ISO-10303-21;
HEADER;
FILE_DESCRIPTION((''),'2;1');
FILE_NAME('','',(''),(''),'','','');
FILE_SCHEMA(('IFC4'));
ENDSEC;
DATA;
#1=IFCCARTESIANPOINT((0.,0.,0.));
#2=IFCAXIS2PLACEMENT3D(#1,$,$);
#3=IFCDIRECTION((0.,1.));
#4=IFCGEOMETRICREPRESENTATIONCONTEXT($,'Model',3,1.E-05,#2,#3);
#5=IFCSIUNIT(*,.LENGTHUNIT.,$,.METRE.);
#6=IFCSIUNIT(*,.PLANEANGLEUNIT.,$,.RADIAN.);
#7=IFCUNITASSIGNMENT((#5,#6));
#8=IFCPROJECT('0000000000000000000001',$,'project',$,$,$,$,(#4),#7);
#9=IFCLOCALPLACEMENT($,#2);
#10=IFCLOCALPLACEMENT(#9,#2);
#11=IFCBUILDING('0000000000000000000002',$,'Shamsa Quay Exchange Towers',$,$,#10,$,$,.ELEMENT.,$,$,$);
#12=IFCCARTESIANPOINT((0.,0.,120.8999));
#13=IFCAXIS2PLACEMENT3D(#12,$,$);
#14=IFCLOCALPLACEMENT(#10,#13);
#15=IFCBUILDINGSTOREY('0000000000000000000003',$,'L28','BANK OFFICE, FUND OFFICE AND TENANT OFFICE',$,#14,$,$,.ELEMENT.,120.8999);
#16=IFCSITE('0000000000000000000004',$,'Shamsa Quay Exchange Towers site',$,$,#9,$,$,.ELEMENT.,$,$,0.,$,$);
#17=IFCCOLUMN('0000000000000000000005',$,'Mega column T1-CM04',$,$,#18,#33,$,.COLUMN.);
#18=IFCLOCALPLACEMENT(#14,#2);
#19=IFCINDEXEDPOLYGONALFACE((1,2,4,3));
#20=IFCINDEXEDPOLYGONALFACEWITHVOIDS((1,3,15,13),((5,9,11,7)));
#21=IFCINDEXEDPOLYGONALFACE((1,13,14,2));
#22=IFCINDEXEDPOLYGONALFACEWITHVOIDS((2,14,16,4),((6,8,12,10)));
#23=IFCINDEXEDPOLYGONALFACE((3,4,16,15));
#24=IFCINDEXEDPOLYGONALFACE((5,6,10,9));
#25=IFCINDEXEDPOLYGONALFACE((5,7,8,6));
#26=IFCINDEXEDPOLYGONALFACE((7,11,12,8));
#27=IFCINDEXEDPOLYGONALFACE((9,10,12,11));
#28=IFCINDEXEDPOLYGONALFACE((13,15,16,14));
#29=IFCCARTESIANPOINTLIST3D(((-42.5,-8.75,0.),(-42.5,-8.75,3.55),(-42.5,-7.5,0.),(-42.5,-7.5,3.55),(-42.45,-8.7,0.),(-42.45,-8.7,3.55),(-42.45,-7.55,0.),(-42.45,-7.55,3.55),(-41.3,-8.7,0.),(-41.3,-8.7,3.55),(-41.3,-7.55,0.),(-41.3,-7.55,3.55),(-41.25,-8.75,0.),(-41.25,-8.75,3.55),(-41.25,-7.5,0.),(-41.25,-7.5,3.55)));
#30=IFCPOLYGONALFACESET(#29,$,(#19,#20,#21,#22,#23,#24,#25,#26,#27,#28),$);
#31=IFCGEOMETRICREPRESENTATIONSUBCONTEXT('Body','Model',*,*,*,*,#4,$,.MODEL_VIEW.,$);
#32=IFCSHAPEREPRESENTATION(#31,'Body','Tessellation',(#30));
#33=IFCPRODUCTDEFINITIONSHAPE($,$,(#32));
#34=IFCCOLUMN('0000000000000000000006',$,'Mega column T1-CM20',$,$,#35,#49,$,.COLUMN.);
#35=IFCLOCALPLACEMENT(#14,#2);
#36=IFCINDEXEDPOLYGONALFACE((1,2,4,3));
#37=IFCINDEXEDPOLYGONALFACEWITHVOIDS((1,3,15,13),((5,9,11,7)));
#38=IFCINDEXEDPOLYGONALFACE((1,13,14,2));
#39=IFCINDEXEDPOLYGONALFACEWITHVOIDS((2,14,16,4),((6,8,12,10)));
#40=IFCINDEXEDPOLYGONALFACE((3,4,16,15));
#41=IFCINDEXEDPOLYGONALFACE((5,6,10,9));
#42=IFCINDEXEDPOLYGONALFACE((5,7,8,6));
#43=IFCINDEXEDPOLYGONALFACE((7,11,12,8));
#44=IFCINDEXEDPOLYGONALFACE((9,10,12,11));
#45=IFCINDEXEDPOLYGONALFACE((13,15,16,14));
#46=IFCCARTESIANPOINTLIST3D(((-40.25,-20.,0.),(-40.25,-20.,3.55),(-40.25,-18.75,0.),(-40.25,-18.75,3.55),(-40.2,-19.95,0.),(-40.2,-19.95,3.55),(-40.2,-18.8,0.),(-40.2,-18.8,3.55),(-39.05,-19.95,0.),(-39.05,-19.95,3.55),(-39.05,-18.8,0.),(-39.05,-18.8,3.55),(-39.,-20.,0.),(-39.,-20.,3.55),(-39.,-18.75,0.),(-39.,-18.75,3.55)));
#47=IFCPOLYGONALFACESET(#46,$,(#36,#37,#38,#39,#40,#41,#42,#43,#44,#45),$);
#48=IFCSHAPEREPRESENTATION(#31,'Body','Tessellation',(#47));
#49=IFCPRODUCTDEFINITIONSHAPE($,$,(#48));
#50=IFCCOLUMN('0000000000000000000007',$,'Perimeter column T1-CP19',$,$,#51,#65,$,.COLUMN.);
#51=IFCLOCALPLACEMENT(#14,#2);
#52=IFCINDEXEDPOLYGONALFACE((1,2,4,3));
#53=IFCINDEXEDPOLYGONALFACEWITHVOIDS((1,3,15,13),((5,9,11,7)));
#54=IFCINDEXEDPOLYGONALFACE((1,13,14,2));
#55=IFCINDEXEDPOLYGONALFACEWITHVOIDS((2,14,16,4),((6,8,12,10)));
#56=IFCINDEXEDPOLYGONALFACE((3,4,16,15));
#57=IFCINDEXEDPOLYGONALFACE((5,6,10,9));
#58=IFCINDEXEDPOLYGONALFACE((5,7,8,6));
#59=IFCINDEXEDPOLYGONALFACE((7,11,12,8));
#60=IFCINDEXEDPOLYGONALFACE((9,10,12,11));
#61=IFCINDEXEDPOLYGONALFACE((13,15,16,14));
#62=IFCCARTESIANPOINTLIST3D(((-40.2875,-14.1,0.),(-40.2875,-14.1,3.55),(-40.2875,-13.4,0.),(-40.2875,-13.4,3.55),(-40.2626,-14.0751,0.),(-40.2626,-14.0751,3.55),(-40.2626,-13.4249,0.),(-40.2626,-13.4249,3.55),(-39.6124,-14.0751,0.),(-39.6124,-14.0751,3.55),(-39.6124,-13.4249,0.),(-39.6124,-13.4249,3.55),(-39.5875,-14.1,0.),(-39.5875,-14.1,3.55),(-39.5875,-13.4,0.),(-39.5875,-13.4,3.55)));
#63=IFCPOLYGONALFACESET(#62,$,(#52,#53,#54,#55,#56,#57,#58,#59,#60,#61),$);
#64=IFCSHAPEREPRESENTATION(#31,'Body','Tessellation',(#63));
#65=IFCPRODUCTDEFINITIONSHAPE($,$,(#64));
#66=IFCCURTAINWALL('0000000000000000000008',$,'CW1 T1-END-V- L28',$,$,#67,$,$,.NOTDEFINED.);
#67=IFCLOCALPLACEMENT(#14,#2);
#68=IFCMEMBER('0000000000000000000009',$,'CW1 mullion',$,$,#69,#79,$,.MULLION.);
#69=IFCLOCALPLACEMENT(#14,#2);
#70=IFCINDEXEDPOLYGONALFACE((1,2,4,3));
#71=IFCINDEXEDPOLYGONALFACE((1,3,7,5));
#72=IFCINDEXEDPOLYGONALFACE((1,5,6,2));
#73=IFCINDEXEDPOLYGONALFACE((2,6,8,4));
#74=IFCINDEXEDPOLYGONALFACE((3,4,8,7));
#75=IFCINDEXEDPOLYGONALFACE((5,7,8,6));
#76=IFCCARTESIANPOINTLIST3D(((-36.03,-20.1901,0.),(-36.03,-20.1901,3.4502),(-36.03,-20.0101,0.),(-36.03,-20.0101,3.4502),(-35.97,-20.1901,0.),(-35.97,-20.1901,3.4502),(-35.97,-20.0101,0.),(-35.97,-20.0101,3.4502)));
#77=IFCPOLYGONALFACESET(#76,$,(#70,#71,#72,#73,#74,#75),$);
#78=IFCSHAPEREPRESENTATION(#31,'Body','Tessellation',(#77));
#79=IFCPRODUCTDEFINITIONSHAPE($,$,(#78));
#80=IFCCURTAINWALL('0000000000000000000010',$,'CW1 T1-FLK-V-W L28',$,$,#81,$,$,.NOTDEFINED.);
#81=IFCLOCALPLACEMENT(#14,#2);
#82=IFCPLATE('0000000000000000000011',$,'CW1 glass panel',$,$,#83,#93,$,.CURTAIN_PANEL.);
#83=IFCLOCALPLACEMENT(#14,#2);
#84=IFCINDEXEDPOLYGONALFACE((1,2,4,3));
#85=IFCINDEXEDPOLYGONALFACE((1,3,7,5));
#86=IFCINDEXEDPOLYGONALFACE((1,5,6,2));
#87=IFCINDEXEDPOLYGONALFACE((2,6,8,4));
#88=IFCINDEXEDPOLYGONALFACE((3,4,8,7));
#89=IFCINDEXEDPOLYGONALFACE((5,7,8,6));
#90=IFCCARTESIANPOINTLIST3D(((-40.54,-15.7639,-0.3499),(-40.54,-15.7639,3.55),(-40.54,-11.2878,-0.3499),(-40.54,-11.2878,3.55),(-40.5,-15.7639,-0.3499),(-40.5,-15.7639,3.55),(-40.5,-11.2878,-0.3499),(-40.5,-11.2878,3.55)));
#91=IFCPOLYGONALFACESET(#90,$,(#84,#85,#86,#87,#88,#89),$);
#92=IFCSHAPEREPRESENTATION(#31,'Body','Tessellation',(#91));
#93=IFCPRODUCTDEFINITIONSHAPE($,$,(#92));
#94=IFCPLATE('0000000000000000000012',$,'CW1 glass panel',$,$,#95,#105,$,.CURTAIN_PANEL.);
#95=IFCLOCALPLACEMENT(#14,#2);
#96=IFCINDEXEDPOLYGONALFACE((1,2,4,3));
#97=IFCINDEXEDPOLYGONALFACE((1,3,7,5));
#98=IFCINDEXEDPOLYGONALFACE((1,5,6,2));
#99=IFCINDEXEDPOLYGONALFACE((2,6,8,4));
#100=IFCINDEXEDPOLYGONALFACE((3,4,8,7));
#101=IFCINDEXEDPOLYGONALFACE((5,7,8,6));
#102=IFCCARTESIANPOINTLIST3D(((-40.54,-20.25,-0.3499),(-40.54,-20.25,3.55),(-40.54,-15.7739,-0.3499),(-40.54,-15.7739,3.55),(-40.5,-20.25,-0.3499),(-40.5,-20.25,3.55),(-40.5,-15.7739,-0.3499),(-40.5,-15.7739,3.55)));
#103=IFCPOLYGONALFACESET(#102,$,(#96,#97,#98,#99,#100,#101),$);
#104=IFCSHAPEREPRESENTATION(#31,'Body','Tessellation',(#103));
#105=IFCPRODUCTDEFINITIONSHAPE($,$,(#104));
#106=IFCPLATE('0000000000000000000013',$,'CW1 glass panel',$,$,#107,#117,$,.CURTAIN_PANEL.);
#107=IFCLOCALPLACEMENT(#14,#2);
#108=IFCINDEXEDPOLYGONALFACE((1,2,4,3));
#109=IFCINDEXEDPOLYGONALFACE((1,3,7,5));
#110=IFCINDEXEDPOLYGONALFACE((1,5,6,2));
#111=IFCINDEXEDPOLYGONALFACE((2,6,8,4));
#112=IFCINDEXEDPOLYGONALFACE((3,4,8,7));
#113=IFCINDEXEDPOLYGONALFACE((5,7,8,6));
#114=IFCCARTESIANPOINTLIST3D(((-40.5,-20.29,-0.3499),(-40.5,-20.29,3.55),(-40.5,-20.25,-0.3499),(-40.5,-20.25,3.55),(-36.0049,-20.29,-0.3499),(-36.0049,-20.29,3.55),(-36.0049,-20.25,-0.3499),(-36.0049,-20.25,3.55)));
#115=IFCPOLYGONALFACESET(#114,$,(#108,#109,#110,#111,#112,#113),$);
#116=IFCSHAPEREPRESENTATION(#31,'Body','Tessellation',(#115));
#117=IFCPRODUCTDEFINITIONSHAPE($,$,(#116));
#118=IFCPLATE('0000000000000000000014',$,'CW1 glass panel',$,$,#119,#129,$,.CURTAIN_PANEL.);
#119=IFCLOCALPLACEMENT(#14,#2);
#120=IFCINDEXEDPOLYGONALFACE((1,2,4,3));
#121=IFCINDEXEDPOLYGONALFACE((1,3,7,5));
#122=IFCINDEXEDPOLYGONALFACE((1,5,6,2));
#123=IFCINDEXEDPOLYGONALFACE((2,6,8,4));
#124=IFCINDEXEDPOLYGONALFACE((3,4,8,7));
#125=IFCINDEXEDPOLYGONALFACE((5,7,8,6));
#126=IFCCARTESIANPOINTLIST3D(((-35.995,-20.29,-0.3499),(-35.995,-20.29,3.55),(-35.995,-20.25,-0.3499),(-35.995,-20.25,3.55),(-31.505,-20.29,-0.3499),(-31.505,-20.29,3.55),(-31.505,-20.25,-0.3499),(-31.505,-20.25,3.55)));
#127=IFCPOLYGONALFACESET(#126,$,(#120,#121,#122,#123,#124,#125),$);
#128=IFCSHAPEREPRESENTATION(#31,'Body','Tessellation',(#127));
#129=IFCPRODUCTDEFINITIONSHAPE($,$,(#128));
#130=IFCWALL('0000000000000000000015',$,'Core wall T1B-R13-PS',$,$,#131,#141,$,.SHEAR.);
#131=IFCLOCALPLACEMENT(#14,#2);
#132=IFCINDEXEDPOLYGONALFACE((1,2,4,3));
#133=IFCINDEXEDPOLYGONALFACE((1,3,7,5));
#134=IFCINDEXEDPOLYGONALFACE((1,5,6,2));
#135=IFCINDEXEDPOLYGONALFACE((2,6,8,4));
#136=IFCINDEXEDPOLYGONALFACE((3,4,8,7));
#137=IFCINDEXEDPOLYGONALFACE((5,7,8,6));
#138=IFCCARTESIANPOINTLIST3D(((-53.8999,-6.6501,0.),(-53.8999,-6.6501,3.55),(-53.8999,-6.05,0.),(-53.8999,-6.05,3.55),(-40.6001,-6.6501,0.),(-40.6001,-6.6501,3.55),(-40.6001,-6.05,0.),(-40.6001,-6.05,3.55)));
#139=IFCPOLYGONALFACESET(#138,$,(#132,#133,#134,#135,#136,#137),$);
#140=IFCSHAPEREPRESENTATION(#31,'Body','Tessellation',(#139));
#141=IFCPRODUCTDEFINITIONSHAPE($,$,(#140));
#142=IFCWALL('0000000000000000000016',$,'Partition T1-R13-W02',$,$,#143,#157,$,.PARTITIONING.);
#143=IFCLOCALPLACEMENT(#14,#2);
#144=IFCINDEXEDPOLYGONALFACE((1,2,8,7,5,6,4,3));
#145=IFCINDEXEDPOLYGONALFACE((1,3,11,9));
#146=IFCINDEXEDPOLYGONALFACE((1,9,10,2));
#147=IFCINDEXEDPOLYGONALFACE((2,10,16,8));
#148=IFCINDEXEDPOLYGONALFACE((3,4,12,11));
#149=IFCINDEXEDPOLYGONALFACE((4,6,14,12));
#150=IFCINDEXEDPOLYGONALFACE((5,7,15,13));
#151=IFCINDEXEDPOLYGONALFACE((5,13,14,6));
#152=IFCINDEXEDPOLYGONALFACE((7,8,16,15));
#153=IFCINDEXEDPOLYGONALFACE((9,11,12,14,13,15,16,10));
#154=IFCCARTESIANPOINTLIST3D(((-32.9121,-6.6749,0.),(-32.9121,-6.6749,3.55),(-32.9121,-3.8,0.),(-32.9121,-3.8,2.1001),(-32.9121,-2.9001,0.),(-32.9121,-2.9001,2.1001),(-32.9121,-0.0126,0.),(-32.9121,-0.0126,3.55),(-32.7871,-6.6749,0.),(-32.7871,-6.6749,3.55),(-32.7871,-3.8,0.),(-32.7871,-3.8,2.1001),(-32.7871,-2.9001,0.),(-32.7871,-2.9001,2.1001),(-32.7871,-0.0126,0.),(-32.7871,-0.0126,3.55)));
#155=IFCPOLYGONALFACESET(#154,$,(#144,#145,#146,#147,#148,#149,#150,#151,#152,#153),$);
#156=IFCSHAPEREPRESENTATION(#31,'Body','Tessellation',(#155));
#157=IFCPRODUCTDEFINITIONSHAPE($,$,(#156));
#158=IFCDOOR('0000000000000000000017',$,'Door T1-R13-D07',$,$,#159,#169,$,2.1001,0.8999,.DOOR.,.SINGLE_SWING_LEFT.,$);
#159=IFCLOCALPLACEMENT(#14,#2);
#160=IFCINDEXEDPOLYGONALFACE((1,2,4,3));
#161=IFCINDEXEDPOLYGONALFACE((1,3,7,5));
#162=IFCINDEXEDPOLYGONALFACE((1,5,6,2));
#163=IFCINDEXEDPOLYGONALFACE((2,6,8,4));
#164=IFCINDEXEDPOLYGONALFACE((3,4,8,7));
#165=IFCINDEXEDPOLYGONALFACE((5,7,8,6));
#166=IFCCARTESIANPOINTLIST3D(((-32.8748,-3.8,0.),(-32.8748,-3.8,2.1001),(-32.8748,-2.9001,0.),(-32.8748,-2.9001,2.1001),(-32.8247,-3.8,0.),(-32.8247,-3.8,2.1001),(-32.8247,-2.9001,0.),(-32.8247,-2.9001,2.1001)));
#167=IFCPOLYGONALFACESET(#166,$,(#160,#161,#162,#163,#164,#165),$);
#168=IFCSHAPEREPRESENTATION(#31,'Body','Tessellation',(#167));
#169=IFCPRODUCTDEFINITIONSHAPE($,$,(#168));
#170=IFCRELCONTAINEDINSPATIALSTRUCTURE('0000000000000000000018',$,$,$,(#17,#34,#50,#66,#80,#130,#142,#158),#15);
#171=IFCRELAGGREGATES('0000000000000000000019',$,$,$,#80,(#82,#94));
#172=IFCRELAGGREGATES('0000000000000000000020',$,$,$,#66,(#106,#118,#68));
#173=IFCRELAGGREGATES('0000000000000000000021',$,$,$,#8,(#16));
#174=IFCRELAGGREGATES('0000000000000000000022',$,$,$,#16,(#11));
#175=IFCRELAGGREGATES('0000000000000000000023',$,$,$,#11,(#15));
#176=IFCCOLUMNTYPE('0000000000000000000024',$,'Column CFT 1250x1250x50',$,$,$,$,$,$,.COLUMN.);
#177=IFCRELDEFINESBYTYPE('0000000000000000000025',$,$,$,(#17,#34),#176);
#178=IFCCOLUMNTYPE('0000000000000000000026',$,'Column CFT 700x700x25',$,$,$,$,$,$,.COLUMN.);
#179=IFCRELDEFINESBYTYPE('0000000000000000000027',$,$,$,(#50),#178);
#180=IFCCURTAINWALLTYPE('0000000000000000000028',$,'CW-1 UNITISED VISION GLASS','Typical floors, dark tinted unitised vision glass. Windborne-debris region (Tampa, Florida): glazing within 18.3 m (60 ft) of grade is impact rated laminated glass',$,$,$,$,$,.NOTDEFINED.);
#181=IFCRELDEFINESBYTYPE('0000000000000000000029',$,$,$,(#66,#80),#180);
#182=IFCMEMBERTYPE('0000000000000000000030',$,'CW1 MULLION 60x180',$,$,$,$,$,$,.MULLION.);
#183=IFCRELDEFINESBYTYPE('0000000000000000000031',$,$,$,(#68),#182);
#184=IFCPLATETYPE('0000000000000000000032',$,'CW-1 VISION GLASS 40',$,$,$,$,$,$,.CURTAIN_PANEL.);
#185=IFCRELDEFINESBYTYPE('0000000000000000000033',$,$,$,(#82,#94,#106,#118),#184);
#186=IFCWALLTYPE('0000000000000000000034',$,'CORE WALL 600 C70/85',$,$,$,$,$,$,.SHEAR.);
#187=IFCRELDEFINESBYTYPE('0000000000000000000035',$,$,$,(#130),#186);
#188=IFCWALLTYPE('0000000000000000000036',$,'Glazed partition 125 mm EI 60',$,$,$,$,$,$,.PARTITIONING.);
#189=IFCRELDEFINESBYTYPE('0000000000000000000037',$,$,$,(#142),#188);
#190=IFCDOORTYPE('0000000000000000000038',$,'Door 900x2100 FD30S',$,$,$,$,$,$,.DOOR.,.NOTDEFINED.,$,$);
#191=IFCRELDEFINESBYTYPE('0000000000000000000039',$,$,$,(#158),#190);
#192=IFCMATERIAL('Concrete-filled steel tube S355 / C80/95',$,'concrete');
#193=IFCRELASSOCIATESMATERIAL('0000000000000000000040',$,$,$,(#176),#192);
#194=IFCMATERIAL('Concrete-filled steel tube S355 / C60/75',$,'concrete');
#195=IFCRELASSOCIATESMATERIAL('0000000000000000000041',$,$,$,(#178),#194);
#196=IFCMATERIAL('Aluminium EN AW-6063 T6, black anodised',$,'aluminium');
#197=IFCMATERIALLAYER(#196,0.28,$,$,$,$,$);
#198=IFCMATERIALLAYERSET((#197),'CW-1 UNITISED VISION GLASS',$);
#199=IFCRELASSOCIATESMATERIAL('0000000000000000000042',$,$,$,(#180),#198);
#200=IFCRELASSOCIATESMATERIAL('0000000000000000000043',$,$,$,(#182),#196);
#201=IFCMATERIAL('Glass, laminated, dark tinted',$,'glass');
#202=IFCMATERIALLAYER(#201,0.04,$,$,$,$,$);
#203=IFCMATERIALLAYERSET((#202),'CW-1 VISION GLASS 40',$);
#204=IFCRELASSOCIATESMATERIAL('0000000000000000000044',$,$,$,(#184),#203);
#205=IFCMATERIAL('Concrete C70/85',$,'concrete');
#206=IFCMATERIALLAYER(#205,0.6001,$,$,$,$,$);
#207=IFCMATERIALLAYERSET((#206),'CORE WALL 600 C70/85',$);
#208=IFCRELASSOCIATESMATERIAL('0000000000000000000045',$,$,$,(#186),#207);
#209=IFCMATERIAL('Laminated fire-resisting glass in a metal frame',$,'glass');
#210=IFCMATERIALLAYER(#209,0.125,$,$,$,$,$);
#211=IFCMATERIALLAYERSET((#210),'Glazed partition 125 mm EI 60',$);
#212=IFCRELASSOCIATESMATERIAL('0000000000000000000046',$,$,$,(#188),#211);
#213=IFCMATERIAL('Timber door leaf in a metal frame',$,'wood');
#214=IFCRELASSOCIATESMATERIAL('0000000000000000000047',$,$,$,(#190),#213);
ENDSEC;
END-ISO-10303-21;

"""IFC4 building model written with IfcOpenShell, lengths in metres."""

from ifc_helpers import new_model, si_unit, direction, frame, frame_2d, origin, origin_2d, place, context, subcontext, project, spatial, rectangle, hollow_rectangle, extrude, material, layer, layer_set, material_profile, profile_set, type_object, element, fill, aggregate, save


model = new_model("IFC4")

# Units and contexts
model_context = context("Model", 3, precision=1e-05, world=origin(), true_north=direction((0.0, 1.0)))
body_context = subcontext(model_context, "Body", "Model", "MODEL_VIEW")
ifc_project = project(units=[si_unit("LENGTHUNIT", "METRE"), si_unit("PLANEANGLEUNIT", "RADIAN")], contexts=[model_context])

# Site, building, storey
site_placement = place(None, origin())
site = spatial("IfcSite", under=ifc_project, at=site_placement, Name="Shamsa Quay Exchange Towers site", CompositionType="ELEMENT", RefElevation=0.0)
building_placement = place(site_placement, origin())
building = spatial("IfcBuilding", under=site, at=building_placement, Name="Shamsa Quay Exchange Towers", CompositionType="ELEMENT")
storey_placement = place(building_placement, frame((0.0, 0.0, 120.8999)))
storey = spatial("IfcBuildingStorey", under=building, at=storey_placement, Name="L28", Description="BANK OFFICE, FUND OFFICE AND TENANT OFFICE", CompositionType="ELEMENT", Elevation=120.8999)

# Columns
ifc_material_1 = material(Name="Concrete-filled steel tube S355 / C80/95", Category="concrete")
ifc_material_profile_1 = material_profile(ifc_material_1, hollow_rectangle(XDim=1.25, YDim=1.25, WallThickness=0.05, at=origin_2d()), Name="CFT 1250x1250x50")
ifc_profile_set_1 = profile_set([ifc_material_profile_1], Name="Concrete-filled steel tube S355 / C80/95")
column_type_1 = type_object("IfcColumnType", Name="Column CFT 1250x1250x50", PredefinedType="COLUMN", material=ifc_profile_set_1)
for number, where, name in (
    (1, (-41.875, -8.125, 0.0), "Mega column T1-CM04"),
    (2, (-39.625, -19.375, 0.0), "Mega column T1-CM20"),
):
    element("IfcColumn", number, at=place(storey_placement, frame(where)), inside=storey, type_object=column_type_1, Name=name, PredefinedType="COLUMN", context=body_context, shape_type="SweptSolid", body=[
        extrude(hollow_rectangle(XDim=1.25, YDim=1.25, WallThickness=0.05, at=origin_2d()), origin(), (0.0, 0.0, 1.0), 3.55),
    ])
ifc_material_2 = material(Name="Concrete-filled steel tube S355 / C60/75", Category="concrete")
ifc_material_profile_2 = material_profile(ifc_material_2, hollow_rectangle(XDim=0.7, YDim=0.7, WallThickness=0.0249, at=origin_2d()), Name="CFT 700x700x25")
ifc_profile_set_2 = profile_set([ifc_material_profile_2], Name="Concrete-filled steel tube S355 / C60/75")
column_type_2 = type_object("IfcColumnType", Name="Column CFT 700x700x25", PredefinedType="COLUMN", material=ifc_profile_set_2)
column_placement = place(storey_placement, frame((-39.9375, -13.75, 0.0)))
element("IfcColumn", 3, at=column_placement, inside=storey, type_object=column_type_2, Name="Perimeter column T1-CP19", PredefinedType="COLUMN", context=body_context, shape_type="SweptSolid", body=[
    extrude(hollow_rectangle(XDim=0.7, YDim=0.7, WallThickness=0.0249, at=origin_2d()), origin(), (0.0, 0.0, 1.0), 3.55),
])

# Curtain wall, member
ifc_material_3 = material(Name="Aluminium EN AW-6063 T6, black anodised", Category="aluminium")
ifc_layer_1 = layer(ifc_material_3, 0.28)
ifc_layer_set_1 = layer_set([ifc_layer_1], Name="CW-1 UNITISED VISION GLASS")
curtain_wall_type = type_object("IfcCurtainWallType", Name="CW-1 UNITISED VISION GLASS", Description="Typical floors, dark tinted unitised vision glass. Windborne-debris region (Tampa, Florida): glazing within 18.3 m (60 ft) of grade is impact rated laminated glass", PredefinedType="NOTDEFINED", material=ifc_layer_set_1)
curtain_wall_1_placement = place(storey_placement, origin())
curtain_wall_1 = element("IfcCurtainWall", 4, at=curtain_wall_1_placement, inside=storey, type_object=curtain_wall_type, Name="CW1 T1-END-V- L28", PredefinedType="NOTDEFINED")
ifc_material_profile_3 = material_profile(ifc_material_3, rectangle(XDim=0.1799, YDim=0.0601, at=origin_2d()), Name="MU60x180")
ifc_profile_set_3 = profile_set([ifc_material_profile_3], Name="Aluminium EN AW-6063 T6, black anodised")
member_type = type_object("IfcMemberType", Name="CW1 MULLION 60x180", PredefinedType="MULLION", material=ifc_profile_set_3)
member_placement = place(storey_placement, frame((-36.0, -20.1001, 0.0), z_axis=(0.0, 0.0, 1.0), x_axis=(0.0, 1.0, 0.0)))
member = element("IfcMember", 5, at=member_placement, type_object=member_type, Name="CW1 mullion", PredefinedType="MULLION", context=body_context, shape_type="SweptSolid", body=[
    extrude(rectangle(XDim=0.1799, YDim=0.0601, at=origin_2d()), origin(), (0.0, 0.0, 1.0), 3.4502),
])

# Curtain wall, plates
curtain_wall_2_placement = place(storey_placement, origin())
curtain_wall_2 = element("IfcCurtainWall", 6, at=curtain_wall_2_placement, inside=storey, type_object=curtain_wall_type, Name="CW1 T1-FLK-V-W L28", PredefinedType="NOTDEFINED")
ifc_material_4 = material(Name="Glass, laminated, dark tinted", Category="glass")
ifc_layer_2 = layer(ifc_material_4, 0.04)
ifc_layer_set_2 = layer_set([ifc_layer_2], Name="CW-1 VISION GLASS 40")
plate_type = type_object("IfcPlateType", Name="CW-1 VISION GLASS 40", PredefinedType="CURTAIN_PANEL", material=ifc_layer_set_2)
plate_1_placement = place(storey_placement, frame((-40.52, -13.5259, -0.3499), z_axis=(0.0, 0.0, 1.0), x_axis=(0.0, -1.0, 0.0)))
plate_1 = element("IfcPlate", 7, at=plate_1_placement, type_object=plate_type, Name="CW1 glass panel", PredefinedType="CURTAIN_PANEL", context=body_context, shape_type="SweptSolid", body=[
    extrude(rectangle(XDim=4.4761, YDim=0.04, at=origin_2d()), origin(), (0.0, 0.0, 1.0), 3.8999),
])
plate_2_placement = place(storey_placement, frame((-40.52, -18.012, -0.3499), z_axis=(0.0, 0.0, 1.0), x_axis=(0.0, -1.0, 0.0)))
plate_2 = element("IfcPlate", 8, at=plate_2_placement, type_object=plate_type, Name="CW1 glass panel", PredefinedType="CURTAIN_PANEL", context=body_context, shape_type="SweptSolid", body=[
    extrude(rectangle(XDim=4.4761, YDim=0.04, at=origin_2d()), origin(), (0.0, 0.0, 1.0), 3.8999),
])
aggregate(curtain_wall_2, [plate_1, plate_2])

# Plates
plate_3_placement = place(storey_placement, frame((-38.2524, -20.27, -0.3499)))
plate_3 = element("IfcPlate", 9, at=plate_3_placement, type_object=plate_type, Name="CW1 glass panel", PredefinedType="CURTAIN_PANEL", context=body_context, shape_type="SweptSolid", body=[
    extrude(rectangle(XDim=4.4951, YDim=0.04, at=origin_2d()), origin(), (0.0, 0.0, 1.0), 3.8999),
])
plate_4_placement = place(storey_placement, frame((-33.75, -20.27, -0.3499)))
plate_4 = element("IfcPlate", 10, at=plate_4_placement, type_object=plate_type, Name="CW1 glass panel", PredefinedType="CURTAIN_PANEL", context=body_context, shape_type="SweptSolid", body=[
    extrude(rectangle(XDim=4.49, YDim=0.04, at=origin_2d()), origin(), (0.0, 0.0, 1.0), 3.8999),
])
aggregate(curtain_wall_1, [plate_3, plate_4, member])

# Wall
ifc_material_5 = material(Name="Concrete C70/85", Category="concrete")
ifc_layer_3 = layer(ifc_material_5, 0.6001)
ifc_layer_set_3 = layer_set([ifc_layer_3], Name="CORE WALL 600 C70/85")
wall_type_1 = type_object("IfcWallType", Name="CORE WALL 600 C70/85", PredefinedType="SHEAR", material=ifc_layer_set_3)
wall_1_placement = place(storey_placement, frame((-40.6001, -6.3501, 0.0), z_axis=(0.0, 0.0, 1.0), x_axis=(-1.0, 0.0, 0.0)))
element("IfcWall", 11, at=wall_1_placement, inside=storey, type_object=wall_type_1, Name="Core wall T1B-R13-PS", PredefinedType="SHEAR", context=body_context, shape_type="SweptSolid", body=[
    extrude(rectangle(XDim=13.2998, YDim=0.6001, at=frame_2d((6.6499, 0.0))), origin(), (0.0, 0.0, 1.0), 3.55),
])

# Wall, opening, door
ifc_material_6 = material(Name="Laminated fire-resisting glass in a metal frame", Category="glass")
ifc_layer_4 = layer(ifc_material_6, 0.125)
ifc_layer_set_4 = layer_set([ifc_layer_4], Name="Glazed partition 125 mm EI 60")
wall_type_2 = type_object("IfcWallType", Name="Glazed partition 125 mm EI 60", PredefinedType="PARTITIONING", material=ifc_layer_set_4)
wall_2_placement = place(storey_placement, frame((-32.8496, -0.0127, 0.0), z_axis=(0.0, 0.0, 1.0), x_axis=(0.0, -1.0, 0.0)))
wall_2 = element("IfcWall", 12, at=wall_2_placement, inside=storey, type_object=wall_type_2, Name="Partition T1-R13-W02", PredefinedType="PARTITIONING", context=body_context, shape_type="SweptSolid", body=[
    extrude(rectangle(XDim=6.6624, YDim=0.125, at=frame_2d((3.3311, 0.0))), origin(), (0.0, 0.0, 1.0), 3.55),
])
opening_1_placement = place(wall_2_placement, frame((2.8875, 0.0, 0.0)))
opening_1 = element("IfcOpeningElement", 13, at=opening_1_placement, cuts=wall_2, PredefinedType="OPENING", context=body_context, shape_type="SweptSolid", body=[
    extrude(rectangle(XDim=0.8999, YDim=2.1001, at=frame_2d((0.45, 1.05))), frame((0.0, 0.0725, 0.0), z_axis=(0.0, -1.0, 0.0), x_axis=(1.0, 0.0, 0.0)), (0.0, 0.0, 1.0), 0.145),
])
ifc_material_7 = material(Name="Timber door leaf in a metal frame", Category="wood")
door_type_1 = type_object("IfcDoorType", Name="Door 900x2100 FD30S", OperationType="NOTDEFINED", PredefinedType="DOOR", material=ifc_material_7)
door_1_placement = place(opening_1_placement, origin())
door_1 = element("IfcDoor", 14, at=door_1_placement, inside=storey, type_object=door_type_1, Name="Door T1-R13-D07", OperationType="SINGLE_SWING_LEFT", OverallHeight=2.1001, OverallWidth=0.8999, PredefinedType="DOOR", context=body_context, shape_type="SweptSolid", body=[
    extrude(rectangle(XDim=0.8999, YDim=2.1001, at=frame_2d((0.45, 1.05))), frame((0.0, 0.0249, 0.0), z_axis=(0.0, -1.0, 0.0), x_axis=(1.0, 0.0, 0.0)), (0.0, 0.0, 1.0), 0.05),
])
fill(opening_1, door_1)

save(model, "model.ifc")
